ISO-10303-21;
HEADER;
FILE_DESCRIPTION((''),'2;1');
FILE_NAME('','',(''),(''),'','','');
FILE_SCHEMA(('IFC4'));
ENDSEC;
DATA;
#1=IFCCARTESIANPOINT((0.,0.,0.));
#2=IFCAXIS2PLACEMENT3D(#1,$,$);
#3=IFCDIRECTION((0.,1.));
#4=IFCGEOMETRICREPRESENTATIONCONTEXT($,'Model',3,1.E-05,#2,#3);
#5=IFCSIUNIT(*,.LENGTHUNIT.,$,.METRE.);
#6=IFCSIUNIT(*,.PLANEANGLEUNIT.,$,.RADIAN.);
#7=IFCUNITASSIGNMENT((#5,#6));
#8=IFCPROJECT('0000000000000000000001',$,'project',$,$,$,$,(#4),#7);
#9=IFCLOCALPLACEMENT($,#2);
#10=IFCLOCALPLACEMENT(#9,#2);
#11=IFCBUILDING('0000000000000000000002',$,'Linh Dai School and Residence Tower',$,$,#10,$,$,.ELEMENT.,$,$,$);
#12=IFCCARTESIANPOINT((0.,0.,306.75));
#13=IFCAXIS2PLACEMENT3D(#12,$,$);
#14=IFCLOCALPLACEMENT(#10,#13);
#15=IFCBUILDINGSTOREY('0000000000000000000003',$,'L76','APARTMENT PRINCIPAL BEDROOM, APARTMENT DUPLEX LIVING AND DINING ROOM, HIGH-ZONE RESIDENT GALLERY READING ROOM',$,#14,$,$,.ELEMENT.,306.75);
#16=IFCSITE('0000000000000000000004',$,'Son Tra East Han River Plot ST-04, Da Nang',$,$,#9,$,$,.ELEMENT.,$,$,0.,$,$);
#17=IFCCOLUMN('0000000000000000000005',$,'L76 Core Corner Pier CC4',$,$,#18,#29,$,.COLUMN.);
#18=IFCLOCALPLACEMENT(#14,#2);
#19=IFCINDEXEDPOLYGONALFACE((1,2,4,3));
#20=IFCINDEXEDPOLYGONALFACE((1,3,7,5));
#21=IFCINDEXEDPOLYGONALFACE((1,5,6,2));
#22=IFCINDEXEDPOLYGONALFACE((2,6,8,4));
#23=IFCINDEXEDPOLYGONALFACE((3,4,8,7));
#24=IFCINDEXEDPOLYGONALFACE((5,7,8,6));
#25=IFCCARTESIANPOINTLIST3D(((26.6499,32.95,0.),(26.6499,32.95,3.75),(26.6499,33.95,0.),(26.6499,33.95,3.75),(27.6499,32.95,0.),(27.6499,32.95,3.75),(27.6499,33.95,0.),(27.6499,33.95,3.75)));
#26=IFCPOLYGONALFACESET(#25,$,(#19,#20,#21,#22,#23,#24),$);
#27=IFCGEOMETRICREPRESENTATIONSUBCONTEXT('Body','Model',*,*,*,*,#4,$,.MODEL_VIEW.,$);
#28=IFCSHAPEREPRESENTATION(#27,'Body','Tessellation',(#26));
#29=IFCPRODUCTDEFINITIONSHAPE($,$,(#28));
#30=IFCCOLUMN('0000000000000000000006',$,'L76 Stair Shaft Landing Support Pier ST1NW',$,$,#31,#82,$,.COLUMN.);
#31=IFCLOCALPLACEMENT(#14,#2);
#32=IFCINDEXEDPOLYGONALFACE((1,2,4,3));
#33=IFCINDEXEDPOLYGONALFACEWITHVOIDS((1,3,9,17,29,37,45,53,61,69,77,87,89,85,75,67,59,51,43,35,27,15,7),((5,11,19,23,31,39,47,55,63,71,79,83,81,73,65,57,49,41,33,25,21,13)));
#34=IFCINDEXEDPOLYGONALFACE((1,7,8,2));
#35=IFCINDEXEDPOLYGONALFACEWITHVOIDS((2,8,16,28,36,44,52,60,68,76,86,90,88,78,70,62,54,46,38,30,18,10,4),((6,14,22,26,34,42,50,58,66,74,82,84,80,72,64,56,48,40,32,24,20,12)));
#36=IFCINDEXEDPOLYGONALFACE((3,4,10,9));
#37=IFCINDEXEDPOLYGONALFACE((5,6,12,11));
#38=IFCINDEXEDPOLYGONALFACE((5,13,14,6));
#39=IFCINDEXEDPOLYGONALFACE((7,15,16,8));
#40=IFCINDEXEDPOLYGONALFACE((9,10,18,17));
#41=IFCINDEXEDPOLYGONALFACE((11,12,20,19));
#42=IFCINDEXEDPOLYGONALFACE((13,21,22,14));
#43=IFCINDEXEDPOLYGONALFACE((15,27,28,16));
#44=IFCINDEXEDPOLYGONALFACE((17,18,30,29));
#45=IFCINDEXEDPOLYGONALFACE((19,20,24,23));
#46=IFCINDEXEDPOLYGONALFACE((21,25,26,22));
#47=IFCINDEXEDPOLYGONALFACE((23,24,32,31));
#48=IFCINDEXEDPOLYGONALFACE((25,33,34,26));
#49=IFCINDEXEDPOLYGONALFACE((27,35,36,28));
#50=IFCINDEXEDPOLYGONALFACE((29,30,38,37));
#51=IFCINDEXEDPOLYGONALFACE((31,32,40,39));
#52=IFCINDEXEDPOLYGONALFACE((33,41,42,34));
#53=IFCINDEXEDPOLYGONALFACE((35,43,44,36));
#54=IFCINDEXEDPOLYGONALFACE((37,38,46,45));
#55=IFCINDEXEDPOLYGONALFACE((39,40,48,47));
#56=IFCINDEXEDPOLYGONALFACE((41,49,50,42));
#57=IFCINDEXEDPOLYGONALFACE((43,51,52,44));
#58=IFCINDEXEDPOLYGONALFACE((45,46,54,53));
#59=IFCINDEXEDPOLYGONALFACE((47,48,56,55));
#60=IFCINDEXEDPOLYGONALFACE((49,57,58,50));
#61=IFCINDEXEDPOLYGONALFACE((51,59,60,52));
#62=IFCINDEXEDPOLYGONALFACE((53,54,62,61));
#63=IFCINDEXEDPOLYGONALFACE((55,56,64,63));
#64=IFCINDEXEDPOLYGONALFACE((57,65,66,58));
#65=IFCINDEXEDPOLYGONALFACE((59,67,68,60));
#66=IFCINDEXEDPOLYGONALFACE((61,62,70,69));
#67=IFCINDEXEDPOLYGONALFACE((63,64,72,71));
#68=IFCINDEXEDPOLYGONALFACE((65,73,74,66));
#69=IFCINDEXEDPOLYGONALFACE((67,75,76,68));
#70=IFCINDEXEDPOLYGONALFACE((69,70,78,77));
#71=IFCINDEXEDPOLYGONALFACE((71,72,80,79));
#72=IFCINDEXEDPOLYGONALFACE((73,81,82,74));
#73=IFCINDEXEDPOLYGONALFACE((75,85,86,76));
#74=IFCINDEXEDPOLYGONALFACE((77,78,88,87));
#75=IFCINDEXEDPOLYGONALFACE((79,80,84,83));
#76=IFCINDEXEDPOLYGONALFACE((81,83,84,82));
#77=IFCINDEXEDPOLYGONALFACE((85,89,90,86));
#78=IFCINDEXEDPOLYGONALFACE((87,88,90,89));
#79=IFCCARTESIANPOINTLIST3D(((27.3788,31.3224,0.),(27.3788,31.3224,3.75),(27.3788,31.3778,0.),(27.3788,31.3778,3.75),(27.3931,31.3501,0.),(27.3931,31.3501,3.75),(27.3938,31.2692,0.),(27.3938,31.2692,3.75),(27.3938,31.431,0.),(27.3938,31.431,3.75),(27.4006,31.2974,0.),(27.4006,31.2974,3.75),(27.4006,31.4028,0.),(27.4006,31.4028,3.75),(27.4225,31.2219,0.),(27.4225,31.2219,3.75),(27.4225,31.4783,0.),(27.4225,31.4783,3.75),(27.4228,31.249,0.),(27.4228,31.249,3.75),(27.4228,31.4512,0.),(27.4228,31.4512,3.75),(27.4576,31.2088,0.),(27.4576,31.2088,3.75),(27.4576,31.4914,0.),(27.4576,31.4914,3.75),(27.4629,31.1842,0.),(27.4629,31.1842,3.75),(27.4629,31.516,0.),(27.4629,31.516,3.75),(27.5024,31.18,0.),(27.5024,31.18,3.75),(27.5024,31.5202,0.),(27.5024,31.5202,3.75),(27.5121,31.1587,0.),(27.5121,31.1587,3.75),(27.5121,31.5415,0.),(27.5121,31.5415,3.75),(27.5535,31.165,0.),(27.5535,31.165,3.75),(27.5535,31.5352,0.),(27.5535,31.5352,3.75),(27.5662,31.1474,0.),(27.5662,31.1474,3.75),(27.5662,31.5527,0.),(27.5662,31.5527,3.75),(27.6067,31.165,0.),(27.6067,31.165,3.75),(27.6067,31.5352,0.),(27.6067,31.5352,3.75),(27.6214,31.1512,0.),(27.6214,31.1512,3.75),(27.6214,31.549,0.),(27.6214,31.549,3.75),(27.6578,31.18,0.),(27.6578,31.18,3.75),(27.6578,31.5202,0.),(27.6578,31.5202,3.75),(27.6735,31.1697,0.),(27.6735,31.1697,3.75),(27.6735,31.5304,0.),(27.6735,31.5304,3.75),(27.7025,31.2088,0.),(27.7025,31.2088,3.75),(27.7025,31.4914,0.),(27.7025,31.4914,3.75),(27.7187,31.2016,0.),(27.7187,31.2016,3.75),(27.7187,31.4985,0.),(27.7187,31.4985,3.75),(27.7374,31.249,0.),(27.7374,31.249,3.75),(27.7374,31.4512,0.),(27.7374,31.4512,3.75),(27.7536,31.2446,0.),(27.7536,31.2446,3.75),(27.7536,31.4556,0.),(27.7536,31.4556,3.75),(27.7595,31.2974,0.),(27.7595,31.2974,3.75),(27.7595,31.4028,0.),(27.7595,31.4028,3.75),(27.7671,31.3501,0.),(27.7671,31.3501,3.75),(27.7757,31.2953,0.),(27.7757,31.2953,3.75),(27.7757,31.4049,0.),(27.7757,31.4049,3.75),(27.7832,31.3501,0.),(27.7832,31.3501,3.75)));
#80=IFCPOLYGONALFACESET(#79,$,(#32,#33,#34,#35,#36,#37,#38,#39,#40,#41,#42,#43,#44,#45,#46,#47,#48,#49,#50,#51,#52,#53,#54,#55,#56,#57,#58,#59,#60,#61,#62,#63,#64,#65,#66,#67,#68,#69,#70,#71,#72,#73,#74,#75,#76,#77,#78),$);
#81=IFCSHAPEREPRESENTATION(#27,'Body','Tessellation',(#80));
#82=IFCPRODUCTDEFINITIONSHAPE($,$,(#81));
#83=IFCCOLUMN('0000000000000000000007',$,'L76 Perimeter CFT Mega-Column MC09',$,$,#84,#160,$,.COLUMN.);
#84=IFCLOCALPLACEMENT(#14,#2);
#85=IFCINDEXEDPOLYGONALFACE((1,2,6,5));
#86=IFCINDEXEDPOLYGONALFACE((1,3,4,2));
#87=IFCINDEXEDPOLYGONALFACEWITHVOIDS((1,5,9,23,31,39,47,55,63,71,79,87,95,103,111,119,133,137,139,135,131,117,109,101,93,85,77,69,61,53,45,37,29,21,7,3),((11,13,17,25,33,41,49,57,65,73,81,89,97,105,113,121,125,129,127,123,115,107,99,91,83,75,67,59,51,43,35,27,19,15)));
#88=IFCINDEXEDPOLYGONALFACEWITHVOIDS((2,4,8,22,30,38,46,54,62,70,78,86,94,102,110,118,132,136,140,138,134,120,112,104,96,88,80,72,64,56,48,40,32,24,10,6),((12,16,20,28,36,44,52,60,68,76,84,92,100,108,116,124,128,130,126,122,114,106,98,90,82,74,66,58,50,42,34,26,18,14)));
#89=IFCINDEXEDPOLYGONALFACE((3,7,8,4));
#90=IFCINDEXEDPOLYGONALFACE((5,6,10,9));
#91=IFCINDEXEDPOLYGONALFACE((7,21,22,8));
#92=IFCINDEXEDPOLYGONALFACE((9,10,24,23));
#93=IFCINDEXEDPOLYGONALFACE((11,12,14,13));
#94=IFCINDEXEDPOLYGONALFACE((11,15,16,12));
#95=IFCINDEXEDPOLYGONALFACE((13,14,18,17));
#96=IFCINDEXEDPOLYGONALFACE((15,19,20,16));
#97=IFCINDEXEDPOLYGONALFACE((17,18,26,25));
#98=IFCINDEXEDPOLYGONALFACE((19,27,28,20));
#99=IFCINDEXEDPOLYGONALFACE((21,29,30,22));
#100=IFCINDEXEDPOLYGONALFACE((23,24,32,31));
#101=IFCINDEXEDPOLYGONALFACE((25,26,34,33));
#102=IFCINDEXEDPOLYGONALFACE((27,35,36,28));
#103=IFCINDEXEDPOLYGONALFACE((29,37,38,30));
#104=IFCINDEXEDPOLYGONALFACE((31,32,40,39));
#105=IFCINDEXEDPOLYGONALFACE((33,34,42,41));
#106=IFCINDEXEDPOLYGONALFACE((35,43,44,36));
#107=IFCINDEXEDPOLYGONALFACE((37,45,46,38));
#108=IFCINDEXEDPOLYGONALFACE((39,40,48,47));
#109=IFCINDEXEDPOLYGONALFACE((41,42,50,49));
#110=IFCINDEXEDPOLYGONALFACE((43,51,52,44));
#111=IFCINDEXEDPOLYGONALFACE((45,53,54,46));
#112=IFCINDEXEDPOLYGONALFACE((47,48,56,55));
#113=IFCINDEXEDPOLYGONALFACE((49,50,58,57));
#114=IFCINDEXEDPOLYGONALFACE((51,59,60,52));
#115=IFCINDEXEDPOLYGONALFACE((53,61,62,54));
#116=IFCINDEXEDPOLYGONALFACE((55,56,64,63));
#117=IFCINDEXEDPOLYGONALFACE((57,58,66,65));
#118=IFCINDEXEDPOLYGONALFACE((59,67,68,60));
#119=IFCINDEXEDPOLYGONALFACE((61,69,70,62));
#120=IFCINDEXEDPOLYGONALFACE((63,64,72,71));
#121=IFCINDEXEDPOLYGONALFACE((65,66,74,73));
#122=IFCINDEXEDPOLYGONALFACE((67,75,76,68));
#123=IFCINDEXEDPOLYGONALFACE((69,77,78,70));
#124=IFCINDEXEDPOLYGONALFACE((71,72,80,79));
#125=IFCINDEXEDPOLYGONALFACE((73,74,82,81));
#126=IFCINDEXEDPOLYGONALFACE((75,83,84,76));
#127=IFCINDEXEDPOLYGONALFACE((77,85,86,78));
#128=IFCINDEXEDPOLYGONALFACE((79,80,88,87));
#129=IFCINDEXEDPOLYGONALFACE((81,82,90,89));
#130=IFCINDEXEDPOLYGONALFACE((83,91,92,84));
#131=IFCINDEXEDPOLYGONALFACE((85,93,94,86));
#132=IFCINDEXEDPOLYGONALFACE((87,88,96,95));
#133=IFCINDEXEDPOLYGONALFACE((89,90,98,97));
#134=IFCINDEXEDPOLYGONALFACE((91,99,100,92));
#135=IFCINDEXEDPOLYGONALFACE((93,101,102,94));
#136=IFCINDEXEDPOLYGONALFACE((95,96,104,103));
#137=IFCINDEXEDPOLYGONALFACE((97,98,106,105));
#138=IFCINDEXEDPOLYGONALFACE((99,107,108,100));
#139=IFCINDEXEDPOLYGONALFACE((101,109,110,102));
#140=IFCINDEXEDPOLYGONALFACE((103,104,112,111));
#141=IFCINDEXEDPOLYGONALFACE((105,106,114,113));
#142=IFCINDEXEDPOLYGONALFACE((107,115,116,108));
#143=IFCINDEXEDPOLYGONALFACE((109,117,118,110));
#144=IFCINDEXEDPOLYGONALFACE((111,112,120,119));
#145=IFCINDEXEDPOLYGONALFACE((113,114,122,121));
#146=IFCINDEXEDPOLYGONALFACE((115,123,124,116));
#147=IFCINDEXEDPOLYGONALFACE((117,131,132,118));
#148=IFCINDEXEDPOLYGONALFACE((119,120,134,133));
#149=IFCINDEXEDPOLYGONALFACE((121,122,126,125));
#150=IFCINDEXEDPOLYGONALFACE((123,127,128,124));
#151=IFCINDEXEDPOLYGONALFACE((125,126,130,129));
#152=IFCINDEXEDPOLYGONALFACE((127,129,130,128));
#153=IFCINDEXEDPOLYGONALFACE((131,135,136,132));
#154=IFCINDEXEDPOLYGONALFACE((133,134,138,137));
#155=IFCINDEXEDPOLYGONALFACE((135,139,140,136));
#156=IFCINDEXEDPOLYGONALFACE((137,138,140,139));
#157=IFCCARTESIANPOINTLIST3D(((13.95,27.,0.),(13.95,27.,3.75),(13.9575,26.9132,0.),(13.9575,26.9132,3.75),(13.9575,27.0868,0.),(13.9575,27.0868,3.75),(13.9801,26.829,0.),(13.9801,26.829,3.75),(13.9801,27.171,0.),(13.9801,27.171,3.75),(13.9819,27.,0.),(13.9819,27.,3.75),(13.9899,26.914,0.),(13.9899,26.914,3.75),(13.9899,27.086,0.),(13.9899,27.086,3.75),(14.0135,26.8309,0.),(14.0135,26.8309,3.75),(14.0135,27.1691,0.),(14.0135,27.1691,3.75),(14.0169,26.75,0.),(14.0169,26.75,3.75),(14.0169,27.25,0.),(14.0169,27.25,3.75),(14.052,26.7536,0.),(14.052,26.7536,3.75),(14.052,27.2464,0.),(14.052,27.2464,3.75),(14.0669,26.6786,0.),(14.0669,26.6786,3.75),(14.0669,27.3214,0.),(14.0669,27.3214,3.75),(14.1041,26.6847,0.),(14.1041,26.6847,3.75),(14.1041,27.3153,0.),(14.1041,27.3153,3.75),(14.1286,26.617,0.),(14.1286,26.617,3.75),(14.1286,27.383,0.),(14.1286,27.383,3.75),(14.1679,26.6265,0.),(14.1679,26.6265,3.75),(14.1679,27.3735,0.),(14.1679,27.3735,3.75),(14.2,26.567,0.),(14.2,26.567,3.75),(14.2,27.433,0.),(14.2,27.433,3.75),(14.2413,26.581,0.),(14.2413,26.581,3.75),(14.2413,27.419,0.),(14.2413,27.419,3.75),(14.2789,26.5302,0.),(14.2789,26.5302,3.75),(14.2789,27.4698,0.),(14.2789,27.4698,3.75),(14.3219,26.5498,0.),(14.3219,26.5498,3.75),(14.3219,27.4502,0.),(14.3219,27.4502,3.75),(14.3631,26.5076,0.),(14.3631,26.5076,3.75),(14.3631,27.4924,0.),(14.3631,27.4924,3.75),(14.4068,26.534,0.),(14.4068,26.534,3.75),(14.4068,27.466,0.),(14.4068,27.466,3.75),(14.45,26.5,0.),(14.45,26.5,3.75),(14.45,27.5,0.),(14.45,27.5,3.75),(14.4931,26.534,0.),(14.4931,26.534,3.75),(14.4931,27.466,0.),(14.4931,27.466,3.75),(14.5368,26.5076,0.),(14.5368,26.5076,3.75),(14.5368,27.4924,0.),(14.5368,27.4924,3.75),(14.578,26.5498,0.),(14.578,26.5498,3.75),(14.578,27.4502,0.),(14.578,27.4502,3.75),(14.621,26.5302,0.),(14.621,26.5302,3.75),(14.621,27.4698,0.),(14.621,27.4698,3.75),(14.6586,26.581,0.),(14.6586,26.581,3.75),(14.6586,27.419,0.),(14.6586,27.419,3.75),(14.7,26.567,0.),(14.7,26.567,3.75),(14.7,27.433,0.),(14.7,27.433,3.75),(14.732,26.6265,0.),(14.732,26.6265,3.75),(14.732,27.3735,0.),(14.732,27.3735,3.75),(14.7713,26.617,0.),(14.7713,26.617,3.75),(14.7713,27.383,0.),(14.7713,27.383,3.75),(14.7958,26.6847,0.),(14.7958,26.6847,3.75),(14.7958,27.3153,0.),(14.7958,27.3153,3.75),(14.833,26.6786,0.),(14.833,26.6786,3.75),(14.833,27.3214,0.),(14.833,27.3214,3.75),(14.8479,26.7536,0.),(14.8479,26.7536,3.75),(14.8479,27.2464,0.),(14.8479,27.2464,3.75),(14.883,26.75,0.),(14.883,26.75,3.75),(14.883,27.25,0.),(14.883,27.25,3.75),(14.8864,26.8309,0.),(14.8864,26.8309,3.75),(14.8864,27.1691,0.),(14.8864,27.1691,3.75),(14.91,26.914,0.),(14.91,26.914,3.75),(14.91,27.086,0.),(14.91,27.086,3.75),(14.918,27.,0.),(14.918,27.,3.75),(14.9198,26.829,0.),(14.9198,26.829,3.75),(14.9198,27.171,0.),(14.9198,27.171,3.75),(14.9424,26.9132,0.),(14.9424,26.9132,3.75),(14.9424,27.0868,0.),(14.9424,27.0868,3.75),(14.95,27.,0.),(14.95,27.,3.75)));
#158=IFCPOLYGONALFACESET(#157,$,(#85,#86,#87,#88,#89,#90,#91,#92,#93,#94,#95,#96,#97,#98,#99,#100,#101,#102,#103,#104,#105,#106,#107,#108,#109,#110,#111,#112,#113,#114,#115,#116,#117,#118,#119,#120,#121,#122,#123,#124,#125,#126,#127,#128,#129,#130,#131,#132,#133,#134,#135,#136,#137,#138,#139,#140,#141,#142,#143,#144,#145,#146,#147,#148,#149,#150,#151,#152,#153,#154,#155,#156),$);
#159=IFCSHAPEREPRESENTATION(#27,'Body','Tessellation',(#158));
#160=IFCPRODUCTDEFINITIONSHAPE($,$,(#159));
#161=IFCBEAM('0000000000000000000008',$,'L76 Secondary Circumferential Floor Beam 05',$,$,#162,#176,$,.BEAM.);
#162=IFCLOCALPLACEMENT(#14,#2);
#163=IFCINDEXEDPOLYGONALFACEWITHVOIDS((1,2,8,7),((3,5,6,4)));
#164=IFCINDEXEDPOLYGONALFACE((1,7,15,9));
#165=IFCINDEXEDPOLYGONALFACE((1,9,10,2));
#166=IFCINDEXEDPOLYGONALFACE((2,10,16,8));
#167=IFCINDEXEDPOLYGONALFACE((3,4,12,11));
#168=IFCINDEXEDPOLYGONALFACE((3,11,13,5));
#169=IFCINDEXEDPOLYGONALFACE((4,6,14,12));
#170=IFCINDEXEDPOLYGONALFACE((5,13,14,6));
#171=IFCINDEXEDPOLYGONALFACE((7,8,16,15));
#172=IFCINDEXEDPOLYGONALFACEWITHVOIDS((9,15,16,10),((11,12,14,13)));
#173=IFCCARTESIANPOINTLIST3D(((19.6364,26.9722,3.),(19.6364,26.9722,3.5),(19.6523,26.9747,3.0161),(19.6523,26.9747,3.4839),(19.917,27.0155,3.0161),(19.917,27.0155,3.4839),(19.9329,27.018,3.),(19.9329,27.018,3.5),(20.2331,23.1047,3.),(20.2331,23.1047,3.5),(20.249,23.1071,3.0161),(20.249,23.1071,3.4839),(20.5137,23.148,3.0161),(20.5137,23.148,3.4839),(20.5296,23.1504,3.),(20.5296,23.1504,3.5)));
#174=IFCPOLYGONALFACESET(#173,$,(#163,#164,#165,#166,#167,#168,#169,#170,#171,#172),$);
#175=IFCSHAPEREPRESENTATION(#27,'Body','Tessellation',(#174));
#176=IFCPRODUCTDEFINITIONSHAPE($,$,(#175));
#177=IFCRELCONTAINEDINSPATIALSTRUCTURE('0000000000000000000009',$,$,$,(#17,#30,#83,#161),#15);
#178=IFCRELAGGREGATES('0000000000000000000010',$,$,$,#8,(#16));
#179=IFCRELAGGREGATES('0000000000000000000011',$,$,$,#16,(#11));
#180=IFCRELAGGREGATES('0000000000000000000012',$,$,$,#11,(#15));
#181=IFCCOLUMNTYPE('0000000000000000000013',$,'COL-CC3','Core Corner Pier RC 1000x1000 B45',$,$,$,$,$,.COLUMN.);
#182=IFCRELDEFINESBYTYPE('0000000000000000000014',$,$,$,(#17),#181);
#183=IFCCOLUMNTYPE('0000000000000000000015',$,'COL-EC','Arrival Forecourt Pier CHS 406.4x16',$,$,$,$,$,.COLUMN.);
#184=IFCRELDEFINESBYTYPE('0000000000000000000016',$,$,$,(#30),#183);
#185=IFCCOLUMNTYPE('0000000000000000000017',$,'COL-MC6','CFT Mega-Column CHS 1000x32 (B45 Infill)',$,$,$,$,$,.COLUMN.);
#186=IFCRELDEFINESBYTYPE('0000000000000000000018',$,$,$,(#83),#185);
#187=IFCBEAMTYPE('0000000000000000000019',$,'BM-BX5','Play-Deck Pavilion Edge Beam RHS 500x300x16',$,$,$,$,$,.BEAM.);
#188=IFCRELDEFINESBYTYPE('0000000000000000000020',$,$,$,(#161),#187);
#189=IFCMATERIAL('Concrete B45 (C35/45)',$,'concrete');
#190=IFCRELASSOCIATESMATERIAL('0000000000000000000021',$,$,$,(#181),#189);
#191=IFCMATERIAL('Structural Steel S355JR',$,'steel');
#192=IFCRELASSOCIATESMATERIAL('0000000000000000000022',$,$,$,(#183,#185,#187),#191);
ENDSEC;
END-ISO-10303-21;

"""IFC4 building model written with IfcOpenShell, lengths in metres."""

from ifc_helpers import new_model, si_unit, direction, frame, origin, origin_2d, place, context, subcontext, project, spatial, rectangle, hollow_rectangle, hollow_circle, extrude, material, material_profile, profile_set, type_object, element, save


model = new_model("IFC4")

# Units and contexts
model_context = context("Model", 3, precision=1e-05, world=origin(), true_north=direction((0.0, 1.0)))
body_context = subcontext(model_context, "Body", "Model", "MODEL_VIEW")
ifc_project = project(units=[si_unit("LENGTHUNIT", "METRE"), si_unit("PLANEANGLEUNIT", "RADIAN")], contexts=[model_context])

# Site, building, storey
site_placement = place(None, origin())
site = spatial("IfcSite", under=ifc_project, at=site_placement, Name="Son Tra East Han River Plot ST-04, Da Nang", CompositionType="ELEMENT", RefElevation=0.0)
building_placement = place(site_placement, origin())
building = spatial("IfcBuilding", under=site, at=building_placement, Name="Linh Dai School and Residence Tower", CompositionType="ELEMENT")
storey_placement = place(building_placement, frame((0.0, 0.0, 306.75)))
storey = spatial("IfcBuildingStorey", under=building, at=storey_placement, Name="L76", Description="APARTMENT PRINCIPAL BEDROOM, APARTMENT DUPLEX LIVING AND DINING ROOM, HIGH-ZONE RESIDENT GALLERY READING ROOM", CompositionType="ELEMENT", Elevation=306.75)

# Columns
ifc_material_1 = material(Name="Concrete B45 (C35/45)", Category="concrete")
ifc_material_profile_1 = material_profile(ifc_material_1, rectangle(XDim=1.0, YDim=1.0, at=origin_2d()), Name="RC 1000x1000")
ifc_profile_set_1 = profile_set([ifc_material_profile_1], Name="Concrete B45 (C35/45)")
column_type_1 = type_object("IfcColumnType", Name="COL-CC3", Description="Core Corner Pier RC 1000x1000 B45", PredefinedType="COLUMN", material=ifc_profile_set_1)
column_1_placement = place(storey_placement, frame((27.1499, 33.45, 0.0), z_axis=(0.0, 0.0, 1.0), x_axis=(1.0, 0.0, 0.0)))
element("IfcColumn", 1, at=column_1_placement, inside=storey, type_object=column_type_1, Name="L76 Core Corner Pier CC4", PredefinedType="COLUMN", context=body_context, shape_type="SweptSolid", body=[
    extrude(rectangle(XDim=1.0, YDim=1.0, at=origin_2d()), origin(), (0.0, 0.0, 1.0), 3.75),
])
ifc_material_2 = material(Name="Structural Steel S355JR", Category="steel")
ifc_material_profile_2 = material_profile(ifc_material_2, hollow_circle(Radius=0.2031, WallThickness=0.0161, at=origin_2d()), Name="CHS 406.4x16")
ifc_profile_set_2 = profile_set([ifc_material_profile_2], Name="Structural Steel S355JR")
column_type_2 = type_object("IfcColumnType", Name="COL-EC", Description="Arrival Forecourt Pier CHS 406.4x16", PredefinedType="COLUMN", material=ifc_profile_set_2)
column_2_placement = place(storey_placement, frame((27.5801, 31.3501, 0.0), z_axis=(0.0, 0.0, 1.0), x_axis=(1.0, 0.0, 0.0)))
element("IfcColumn", 2, at=column_2_placement, inside=storey, type_object=column_type_2, Name="L76 Stair Shaft Landing Support Pier ST1NW", PredefinedType="COLUMN", context=body_context, shape_type="SweptSolid", body=[
    extrude(hollow_circle(Radius=0.2031, WallThickness=0.0161, at=origin_2d()), origin(), (0.0, 0.0, 1.0), 3.75),
])
ifc_material_profile_3 = material_profile(ifc_material_2, hollow_circle(Radius=0.5, WallThickness=0.032, at=origin_2d()), Name="CHS 1000x32")
ifc_profile_set_3 = profile_set([ifc_material_profile_3], Name="Structural Steel S355JR")
column_type_3 = type_object("IfcColumnType", Name="COL-MC6", Description="CFT Mega-Column CHS 1000x32 (B45 Infill)", PredefinedType="COLUMN", material=ifc_profile_set_3)
column_3_placement = place(storey_placement, frame((14.45, 27.0, 0.0), z_axis=(0.0, 0.0, 1.0), x_axis=(1.0, 0.0, 0.0)))
element("IfcColumn", 3, at=column_3_placement, inside=storey, type_object=column_type_3, Name="L76 Perimeter CFT Mega-Column MC09", PredefinedType="COLUMN", context=body_context, shape_type="SweptSolid", body=[
    extrude(hollow_circle(Radius=0.5, WallThickness=0.032, at=origin_2d()), origin(), (0.0, 0.0, 1.0), 3.75),
])

# Beam
ifc_material_profile_4 = material_profile(ifc_material_2, hollow_rectangle(XDim=0.3, YDim=0.5, WallThickness=0.0161, at=origin_2d()), Name="RHS 500x300x16")
ifc_profile_set_4 = profile_set([ifc_material_profile_4], Name="Structural Steel S355JR")
beam_type_1 = type_object("IfcBeamType", Name="BM-BX5", Description="Play-Deck Pavilion Edge Beam RHS 500x300x16", PredefinedType="BEAM", material=ifc_profile_set_4)
beam_1_placement = place(storey_placement, frame((19.7847, 26.9951, 3.25), z_axis=(0.15247, -0.988308, 0.0), x_axis=(0.988308, 0.15247, 0.0)))
element("IfcBeam", 4, at=beam_1_placement, inside=storey, type_object=beam_type_1, Name="L76 Secondary Circumferential Floor Beam 05", PredefinedType="BEAM", context=body_context, shape_type="SweptSolid", body=[
    extrude(hollow_rectangle(XDim=0.3, YDim=0.5, WallThickness=0.0161, at=origin_2d()), origin(), (0.0, 0.0, 1.0), 3.9133),
])

save(model, "model.ifc")
